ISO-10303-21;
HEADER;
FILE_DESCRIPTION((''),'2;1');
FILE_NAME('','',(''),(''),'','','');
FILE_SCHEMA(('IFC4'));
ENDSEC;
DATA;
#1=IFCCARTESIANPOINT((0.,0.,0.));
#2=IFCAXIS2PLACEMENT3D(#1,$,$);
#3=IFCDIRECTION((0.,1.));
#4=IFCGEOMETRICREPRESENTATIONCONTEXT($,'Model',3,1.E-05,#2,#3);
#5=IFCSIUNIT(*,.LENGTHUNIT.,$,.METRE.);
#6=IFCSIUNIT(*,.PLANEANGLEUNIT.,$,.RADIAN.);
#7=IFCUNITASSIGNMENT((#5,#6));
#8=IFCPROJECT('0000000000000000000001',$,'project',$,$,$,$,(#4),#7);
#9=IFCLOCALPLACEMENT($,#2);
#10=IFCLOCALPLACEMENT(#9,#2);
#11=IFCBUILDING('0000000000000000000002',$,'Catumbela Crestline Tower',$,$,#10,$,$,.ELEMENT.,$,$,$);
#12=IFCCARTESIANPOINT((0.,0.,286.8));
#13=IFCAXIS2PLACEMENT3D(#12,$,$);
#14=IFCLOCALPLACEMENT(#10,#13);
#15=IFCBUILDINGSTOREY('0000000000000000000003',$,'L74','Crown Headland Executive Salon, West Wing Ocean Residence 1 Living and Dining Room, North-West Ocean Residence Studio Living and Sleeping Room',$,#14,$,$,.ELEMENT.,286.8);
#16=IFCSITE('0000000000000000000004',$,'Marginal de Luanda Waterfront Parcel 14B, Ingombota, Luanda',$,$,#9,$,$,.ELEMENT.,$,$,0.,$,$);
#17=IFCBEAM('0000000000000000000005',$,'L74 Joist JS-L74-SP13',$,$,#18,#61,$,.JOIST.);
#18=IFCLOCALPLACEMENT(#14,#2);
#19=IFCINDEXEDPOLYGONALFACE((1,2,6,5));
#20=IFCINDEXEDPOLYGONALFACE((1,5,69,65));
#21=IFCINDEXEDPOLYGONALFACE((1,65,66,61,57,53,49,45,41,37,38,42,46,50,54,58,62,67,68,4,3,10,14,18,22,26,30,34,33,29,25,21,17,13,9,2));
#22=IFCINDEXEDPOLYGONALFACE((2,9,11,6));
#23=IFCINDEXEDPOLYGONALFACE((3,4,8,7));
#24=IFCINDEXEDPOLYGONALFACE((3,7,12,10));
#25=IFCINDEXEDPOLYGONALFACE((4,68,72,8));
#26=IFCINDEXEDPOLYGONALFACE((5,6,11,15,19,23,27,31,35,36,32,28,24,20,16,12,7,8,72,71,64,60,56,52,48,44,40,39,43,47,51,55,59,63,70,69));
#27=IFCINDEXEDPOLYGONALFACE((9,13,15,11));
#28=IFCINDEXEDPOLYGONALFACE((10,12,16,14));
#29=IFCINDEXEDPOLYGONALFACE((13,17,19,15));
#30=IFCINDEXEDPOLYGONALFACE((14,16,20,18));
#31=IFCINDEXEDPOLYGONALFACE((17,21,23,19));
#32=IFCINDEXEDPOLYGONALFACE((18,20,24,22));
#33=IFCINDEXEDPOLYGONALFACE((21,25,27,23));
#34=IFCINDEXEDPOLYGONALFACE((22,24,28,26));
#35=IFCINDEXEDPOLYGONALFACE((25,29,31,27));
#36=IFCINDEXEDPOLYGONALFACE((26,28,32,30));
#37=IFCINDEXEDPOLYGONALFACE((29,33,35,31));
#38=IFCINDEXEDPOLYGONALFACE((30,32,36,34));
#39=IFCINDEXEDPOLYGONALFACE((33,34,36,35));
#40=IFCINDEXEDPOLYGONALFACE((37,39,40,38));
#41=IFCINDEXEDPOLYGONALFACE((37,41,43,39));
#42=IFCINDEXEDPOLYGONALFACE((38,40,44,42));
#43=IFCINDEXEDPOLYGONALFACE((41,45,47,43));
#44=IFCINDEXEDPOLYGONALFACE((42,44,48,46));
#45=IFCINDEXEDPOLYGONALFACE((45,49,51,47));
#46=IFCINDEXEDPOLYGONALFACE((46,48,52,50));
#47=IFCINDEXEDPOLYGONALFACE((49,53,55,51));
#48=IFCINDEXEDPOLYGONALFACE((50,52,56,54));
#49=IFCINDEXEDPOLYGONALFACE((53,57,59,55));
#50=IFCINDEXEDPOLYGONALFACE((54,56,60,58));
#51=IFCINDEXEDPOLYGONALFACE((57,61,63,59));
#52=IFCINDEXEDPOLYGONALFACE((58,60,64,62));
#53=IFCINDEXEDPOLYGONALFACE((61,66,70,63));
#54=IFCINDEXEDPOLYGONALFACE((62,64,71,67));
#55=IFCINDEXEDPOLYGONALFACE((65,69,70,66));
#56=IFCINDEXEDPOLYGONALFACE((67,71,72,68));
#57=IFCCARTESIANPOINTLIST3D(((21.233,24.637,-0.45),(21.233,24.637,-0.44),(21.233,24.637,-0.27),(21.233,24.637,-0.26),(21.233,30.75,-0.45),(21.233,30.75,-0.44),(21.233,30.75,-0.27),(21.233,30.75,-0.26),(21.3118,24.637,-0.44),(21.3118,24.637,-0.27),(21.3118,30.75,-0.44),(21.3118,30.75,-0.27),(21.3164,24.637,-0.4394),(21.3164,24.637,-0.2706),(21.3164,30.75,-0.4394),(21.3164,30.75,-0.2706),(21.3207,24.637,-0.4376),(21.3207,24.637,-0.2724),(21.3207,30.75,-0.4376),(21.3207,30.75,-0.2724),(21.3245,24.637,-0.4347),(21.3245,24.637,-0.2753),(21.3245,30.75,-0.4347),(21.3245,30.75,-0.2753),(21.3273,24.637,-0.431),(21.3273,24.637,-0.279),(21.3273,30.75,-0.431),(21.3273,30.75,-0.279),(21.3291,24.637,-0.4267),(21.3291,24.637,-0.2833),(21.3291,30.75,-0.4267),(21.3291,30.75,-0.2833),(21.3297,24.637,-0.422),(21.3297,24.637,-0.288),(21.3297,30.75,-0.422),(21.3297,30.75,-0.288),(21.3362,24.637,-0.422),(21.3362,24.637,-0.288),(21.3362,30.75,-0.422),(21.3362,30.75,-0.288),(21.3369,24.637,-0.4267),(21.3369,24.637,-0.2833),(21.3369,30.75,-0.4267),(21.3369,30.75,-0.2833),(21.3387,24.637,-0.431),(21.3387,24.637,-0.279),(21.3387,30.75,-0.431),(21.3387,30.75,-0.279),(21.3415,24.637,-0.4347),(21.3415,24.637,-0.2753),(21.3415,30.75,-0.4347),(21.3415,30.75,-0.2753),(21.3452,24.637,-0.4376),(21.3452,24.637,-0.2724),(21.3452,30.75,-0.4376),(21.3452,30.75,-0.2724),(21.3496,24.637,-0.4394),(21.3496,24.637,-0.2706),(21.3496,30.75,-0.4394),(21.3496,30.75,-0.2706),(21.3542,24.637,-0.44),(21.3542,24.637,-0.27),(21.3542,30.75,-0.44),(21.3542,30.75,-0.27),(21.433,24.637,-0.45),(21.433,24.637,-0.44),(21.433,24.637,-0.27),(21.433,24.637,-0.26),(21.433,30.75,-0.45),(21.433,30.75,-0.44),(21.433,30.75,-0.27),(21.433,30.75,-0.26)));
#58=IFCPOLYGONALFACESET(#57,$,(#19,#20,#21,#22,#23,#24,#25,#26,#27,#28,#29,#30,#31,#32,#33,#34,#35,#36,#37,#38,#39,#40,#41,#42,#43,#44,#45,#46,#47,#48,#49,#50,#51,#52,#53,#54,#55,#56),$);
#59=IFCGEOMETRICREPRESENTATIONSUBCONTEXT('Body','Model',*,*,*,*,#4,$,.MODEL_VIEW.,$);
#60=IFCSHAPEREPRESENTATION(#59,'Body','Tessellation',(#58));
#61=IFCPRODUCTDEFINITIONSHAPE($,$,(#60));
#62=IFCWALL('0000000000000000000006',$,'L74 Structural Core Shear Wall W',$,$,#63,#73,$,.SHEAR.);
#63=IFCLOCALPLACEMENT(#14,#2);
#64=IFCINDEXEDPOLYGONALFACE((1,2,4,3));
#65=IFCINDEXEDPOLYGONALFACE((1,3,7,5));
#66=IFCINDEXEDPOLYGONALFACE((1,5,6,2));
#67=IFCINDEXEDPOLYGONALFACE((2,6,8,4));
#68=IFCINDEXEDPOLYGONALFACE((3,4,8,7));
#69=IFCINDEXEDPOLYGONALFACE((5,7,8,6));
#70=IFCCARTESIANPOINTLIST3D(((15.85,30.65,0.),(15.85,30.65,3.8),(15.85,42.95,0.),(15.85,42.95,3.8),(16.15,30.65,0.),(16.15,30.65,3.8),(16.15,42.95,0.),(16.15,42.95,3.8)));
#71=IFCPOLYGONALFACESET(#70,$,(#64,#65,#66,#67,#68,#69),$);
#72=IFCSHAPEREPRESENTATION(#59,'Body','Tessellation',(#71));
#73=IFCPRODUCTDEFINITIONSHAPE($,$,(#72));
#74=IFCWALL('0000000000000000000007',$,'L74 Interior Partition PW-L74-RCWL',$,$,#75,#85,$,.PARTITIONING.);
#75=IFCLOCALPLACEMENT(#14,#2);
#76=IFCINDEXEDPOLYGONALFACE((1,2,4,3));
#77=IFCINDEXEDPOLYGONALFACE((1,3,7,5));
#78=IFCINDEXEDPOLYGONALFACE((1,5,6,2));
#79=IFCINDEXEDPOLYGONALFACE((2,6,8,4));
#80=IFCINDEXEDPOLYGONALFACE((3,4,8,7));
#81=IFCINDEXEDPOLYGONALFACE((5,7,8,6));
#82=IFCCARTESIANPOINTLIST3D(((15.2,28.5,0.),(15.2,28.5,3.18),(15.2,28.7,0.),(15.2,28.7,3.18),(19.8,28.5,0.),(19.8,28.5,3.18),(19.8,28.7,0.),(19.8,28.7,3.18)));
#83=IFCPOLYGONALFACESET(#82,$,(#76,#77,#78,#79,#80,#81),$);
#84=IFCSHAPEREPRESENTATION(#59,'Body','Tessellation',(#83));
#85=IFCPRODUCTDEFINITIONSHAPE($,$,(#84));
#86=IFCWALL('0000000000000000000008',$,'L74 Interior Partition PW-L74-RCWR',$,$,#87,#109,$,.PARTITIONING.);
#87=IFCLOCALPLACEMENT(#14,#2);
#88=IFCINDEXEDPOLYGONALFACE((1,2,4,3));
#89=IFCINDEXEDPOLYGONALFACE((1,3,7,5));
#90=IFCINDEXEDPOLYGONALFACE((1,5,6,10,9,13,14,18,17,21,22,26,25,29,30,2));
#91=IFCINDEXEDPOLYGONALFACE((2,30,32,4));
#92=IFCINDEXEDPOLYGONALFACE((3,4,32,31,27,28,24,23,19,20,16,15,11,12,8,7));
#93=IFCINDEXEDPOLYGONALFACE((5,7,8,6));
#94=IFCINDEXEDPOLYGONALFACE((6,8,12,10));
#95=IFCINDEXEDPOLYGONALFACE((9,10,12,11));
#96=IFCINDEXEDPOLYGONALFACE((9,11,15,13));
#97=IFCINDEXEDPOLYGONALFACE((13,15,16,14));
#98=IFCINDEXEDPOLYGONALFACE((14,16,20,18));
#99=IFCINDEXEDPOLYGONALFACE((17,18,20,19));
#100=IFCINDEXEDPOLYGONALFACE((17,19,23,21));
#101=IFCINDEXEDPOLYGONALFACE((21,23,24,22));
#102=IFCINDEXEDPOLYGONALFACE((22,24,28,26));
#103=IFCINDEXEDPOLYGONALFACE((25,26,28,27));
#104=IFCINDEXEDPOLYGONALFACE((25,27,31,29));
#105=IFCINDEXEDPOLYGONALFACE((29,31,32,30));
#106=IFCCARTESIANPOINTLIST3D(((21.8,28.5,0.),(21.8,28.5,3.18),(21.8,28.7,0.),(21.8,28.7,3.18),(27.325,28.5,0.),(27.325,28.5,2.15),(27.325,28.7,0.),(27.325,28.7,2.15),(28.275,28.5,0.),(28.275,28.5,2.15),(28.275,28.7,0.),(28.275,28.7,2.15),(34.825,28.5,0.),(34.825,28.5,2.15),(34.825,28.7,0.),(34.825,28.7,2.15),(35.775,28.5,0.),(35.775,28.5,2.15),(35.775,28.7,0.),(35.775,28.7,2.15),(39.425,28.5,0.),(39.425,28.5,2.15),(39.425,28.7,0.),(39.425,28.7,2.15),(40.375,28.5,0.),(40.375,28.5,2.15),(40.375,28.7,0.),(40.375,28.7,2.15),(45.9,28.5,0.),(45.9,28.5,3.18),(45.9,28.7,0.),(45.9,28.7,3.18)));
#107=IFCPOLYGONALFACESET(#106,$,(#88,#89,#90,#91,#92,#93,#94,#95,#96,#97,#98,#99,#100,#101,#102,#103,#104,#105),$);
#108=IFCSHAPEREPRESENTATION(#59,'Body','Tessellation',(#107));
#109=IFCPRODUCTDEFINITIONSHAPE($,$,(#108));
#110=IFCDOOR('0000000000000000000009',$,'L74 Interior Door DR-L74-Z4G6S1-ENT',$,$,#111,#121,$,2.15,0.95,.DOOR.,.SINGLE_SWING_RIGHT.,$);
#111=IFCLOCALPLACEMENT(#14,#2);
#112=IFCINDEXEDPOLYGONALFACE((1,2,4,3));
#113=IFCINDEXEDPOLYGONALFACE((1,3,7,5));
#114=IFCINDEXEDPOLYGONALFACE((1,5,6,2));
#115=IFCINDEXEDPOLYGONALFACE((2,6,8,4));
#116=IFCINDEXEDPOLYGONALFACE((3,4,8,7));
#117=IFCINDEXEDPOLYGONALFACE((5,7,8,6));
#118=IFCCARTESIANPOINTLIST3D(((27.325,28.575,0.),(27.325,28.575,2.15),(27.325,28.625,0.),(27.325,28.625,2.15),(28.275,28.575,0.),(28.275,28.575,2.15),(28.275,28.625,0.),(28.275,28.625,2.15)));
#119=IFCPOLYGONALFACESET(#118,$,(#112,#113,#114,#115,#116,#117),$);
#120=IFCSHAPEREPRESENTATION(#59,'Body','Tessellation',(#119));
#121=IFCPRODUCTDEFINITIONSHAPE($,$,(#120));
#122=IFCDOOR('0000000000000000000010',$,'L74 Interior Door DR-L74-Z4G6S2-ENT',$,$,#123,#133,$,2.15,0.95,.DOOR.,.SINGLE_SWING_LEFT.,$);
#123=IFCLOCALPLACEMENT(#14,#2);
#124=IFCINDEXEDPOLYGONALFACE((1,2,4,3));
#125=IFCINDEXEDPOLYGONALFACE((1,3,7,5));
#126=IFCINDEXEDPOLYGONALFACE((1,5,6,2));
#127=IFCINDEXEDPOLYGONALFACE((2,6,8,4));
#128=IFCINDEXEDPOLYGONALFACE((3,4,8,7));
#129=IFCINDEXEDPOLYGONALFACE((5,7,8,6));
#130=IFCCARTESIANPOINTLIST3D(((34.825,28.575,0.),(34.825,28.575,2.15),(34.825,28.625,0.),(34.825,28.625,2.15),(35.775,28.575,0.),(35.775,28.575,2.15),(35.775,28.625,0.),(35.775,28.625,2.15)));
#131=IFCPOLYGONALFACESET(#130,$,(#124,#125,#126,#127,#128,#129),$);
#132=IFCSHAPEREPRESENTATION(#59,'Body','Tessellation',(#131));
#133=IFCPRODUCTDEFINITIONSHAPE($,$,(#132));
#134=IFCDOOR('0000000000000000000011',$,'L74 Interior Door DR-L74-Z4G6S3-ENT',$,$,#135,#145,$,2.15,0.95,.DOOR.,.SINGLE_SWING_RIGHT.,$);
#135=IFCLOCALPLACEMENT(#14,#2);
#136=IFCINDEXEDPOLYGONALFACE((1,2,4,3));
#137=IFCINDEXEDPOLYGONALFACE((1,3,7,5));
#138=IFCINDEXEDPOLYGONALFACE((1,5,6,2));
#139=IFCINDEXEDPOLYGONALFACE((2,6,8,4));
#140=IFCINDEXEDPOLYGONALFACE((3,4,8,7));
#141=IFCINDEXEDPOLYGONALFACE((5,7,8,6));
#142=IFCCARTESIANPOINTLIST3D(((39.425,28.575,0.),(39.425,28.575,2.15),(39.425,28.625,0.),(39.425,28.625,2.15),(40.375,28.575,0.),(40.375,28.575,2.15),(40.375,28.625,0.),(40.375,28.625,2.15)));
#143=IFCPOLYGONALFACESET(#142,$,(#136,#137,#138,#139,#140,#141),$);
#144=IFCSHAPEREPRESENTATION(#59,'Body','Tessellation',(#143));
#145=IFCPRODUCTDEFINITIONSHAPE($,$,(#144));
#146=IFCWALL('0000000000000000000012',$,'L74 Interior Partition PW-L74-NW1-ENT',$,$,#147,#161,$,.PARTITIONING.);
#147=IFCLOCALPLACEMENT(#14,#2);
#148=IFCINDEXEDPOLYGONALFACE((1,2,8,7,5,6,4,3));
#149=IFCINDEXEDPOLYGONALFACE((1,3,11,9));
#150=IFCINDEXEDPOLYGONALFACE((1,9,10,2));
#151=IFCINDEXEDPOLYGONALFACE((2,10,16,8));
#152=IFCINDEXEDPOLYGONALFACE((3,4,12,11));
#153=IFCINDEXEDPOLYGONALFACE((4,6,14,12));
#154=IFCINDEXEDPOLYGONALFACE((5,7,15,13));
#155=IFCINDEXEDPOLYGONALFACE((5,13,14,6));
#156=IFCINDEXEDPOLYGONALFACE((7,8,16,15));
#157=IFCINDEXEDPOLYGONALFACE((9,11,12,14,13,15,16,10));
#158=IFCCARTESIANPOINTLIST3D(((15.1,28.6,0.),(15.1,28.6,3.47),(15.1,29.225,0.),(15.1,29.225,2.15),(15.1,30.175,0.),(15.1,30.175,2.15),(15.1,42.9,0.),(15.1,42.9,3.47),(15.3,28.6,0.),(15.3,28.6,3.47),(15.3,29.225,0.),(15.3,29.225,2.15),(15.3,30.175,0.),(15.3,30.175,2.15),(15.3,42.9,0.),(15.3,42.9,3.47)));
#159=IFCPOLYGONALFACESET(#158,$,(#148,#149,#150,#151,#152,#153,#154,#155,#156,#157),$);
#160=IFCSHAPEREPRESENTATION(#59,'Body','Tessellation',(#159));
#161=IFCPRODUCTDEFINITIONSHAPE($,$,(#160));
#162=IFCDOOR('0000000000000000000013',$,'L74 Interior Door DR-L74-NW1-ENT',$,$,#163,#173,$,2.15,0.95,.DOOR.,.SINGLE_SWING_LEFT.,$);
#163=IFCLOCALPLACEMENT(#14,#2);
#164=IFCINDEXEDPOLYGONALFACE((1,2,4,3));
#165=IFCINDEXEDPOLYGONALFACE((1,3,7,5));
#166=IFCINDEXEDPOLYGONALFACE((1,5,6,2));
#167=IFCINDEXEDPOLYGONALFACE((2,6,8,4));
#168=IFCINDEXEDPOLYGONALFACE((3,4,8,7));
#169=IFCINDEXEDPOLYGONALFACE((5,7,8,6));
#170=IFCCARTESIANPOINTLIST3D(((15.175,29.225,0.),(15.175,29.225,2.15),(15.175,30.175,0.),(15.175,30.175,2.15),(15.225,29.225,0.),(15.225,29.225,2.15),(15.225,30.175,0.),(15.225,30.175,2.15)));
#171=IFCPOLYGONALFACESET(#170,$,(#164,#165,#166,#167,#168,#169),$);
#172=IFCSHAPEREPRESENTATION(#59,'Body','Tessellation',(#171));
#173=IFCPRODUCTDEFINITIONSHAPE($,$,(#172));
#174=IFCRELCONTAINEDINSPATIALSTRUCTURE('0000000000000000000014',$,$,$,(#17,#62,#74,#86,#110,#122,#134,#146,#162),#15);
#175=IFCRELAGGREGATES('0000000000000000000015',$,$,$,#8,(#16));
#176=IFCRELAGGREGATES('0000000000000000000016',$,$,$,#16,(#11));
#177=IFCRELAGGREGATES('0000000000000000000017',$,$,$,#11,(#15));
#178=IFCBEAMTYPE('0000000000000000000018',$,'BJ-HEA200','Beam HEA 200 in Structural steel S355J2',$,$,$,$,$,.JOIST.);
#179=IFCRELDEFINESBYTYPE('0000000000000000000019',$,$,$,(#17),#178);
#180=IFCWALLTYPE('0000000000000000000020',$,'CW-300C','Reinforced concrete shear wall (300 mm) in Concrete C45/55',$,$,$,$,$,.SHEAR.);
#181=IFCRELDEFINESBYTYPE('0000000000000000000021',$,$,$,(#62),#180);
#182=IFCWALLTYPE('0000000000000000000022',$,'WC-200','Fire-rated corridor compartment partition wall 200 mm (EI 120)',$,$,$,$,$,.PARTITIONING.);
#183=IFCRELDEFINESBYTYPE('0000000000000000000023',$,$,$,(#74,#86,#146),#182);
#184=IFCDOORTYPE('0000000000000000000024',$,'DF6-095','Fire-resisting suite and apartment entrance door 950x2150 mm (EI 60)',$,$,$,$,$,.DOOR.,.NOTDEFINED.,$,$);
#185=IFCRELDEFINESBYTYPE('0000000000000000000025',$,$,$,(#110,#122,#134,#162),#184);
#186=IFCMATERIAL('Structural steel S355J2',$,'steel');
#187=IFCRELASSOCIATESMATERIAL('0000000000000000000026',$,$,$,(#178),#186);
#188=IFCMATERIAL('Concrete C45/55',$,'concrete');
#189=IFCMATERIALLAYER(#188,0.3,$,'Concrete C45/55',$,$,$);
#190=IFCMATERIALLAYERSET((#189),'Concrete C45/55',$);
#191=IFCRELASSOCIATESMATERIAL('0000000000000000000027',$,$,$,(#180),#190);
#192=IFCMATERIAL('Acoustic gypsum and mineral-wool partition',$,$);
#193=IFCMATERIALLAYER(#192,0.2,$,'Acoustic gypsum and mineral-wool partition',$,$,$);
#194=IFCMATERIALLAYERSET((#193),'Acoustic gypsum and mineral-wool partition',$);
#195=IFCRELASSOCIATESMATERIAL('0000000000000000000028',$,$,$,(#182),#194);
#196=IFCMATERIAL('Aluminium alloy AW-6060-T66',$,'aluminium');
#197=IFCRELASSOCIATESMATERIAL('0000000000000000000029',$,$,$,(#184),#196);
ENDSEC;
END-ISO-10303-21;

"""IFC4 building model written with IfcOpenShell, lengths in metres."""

from ifc_helpers import new_model, si_unit, direction, frame, frame_2d, origin, origin_2d, place, context, subcontext, project, spatial, rectangle, i_section, extrude, material, layer, layer_set, material_profile, profile_set, type_object, element, fill, save


model = new_model("IFC4")

# Units and contexts
model_context = context("Model", 3, precision=1e-05, world=origin(), true_north=direction((0.0, 1.0)))
body_context = subcontext(model_context, "Body", "Model", "MODEL_VIEW")
ifc_project = project(units=[si_unit("LENGTHUNIT", "METRE"), si_unit("PLANEANGLEUNIT", "RADIAN")], contexts=[model_context])

# Site, building, storey
site_placement = place(None, origin())
site = spatial("IfcSite", under=ifc_project, at=site_placement, Name="Marginal de Luanda Waterfront Parcel 14B, Ingombota, Luanda", CompositionType="ELEMENT", RefElevation=0.0)
building_placement = place(site_placement, origin())
building = spatial("IfcBuilding", under=site, at=building_placement, Name="Catumbela Crestline Tower", CompositionType="ELEMENT")
storey_placement = place(building_placement, frame((0.0, 0.0, 286.8)))
storey = spatial("IfcBuildingStorey", under=building, at=storey_placement, Name="L74", Description="Crown Headland Executive Salon, West Wing Ocean Residence 1 Living and Dining Room, North-West Ocean Residence Studio Living and Sleeping Room", CompositionType="ELEMENT", Elevation=286.8)

# Shared definitions
ifc_material_1 = material(Name="Concrete C45/55", Category="concrete")

# Beam
ifc_material_2 = material(Name="Structural steel S355J2", Category="steel")
ifc_material_profile_1 = material_profile(ifc_material_2, i_section(OverallWidth=0.2, OverallDepth=0.19, WebThickness=0.0065, FlangeThickness=0.01, FilletRadius=0.018, at=origin_2d()), Name="HEA 200")
ifc_profile_set_1 = profile_set([ifc_material_profile_1], Name="Structural steel S355J2")
beam_type_1 = type_object("IfcBeamType", Name="BJ-HEA200", Description="Beam HEA 200 in Structural steel S355J2", PredefinedType="JOIST", material=ifc_profile_set_1)
for number, where, z_axis, x_axis, name in (
    (1, (21.333, 24.637, -0.355), (0.0, 1.0, 0.0), (-1.0, 0.0, 0.0), "L74 Joist JS-L74-SP13"),
):
    element("IfcBeam", number, at=place(storey_placement, frame(where, z_axis=z_axis, x_axis=x_axis)), inside=storey, type_object=beam_type_1, Name=name, PredefinedType="JOIST", context=body_context, shape_type="SweptSolid", body=[
        extrude(i_section(OverallWidth=0.2, OverallDepth=0.19, WebThickness=0.0065, FlangeThickness=0.01, FilletRadius=0.018, at=origin_2d()), origin(), (0.0, 0.0, 1.0), 6.113),
    ])

# Walls
ifc_layer_1 = layer(ifc_material_1, 0.3, Name="Concrete C45/55")
ifc_layer_set_1 = layer_set([ifc_layer_1], Name="Concrete C45/55")
wall_type_1 = type_object("IfcWallType", Name="CW-300C", Description="Reinforced concrete shear wall (300 mm) in Concrete C45/55", PredefinedType="SHEAR", material=ifc_layer_set_1)
wall_1_placement = place(storey_placement, frame((16.0, 30.65, 0.0), z_axis=(0.0, 0.0, 1.0), x_axis=(0.0, 1.0, 0.0)))
element("IfcWall", 2, at=wall_1_placement, inside=storey, type_object=wall_type_1, Name="L74 Structural Core Shear Wall W", PredefinedType="SHEAR", context=body_context, shape_type="SweptSolid", body=[
    extrude(rectangle(XDim=12.3, YDim=0.3, at=frame_2d((6.15, 0.0))), origin(), (0.0, 0.0, 1.0), 3.8),
])
ifc_material_3 = material(Name="Acoustic gypsum and mineral-wool partition")
ifc_layer_2 = layer(ifc_material_3, 0.2, Name="Acoustic gypsum and mineral-wool partition")
ifc_layer_set_2 = layer_set([ifc_layer_2], Name="Acoustic gypsum and mineral-wool partition")
wall_type_2 = type_object("IfcWallType", Name="WC-200", Description="Fire-rated corridor compartment partition wall 200 mm (EI 120)", PredefinedType="PARTITIONING", material=ifc_layer_set_2)
wall_2_placement = place(storey_placement, frame((15.2, 28.6, 0.0), z_axis=(0.0, 0.0, 1.0), x_axis=(1.0, 0.0, 0.0)))
element("IfcWall", 3, at=wall_2_placement, inside=storey, type_object=wall_type_2, Name="L74 Interior Partition PW-L74-RCWL", PredefinedType="PARTITIONING", context=body_context, shape_type="SweptSolid", body=[
    extrude(rectangle(XDim=4.6, YDim=0.2, at=frame_2d((2.3, 0.0))), origin(), (0.0, 0.0, 1.0), 3.18),
])

# Wall, openings, doors
wall_3_placement = place(storey_placement, frame((21.8, 28.6, 0.0), z_axis=(0.0, 0.0, 1.0), x_axis=(1.0, 0.0, 0.0)))
wall_3 = element("IfcWall", 4, at=wall_3_placement, inside=storey, type_object=wall_type_2, Name="L74 Interior Partition PW-L74-RCWR", PredefinedType="PARTITIONING", context=body_context, shape_type="SweptSolid", body=[
    extrude(rectangle(XDim=24.1, YDim=0.2, at=frame_2d((12.05, 0.0))), origin(), (0.0, 0.0, 1.0), 3.18),
])
opening_1_placement = place(wall_3_placement, frame((5.525, 0.0, 0.0)))
opening_1 = element("IfcOpeningElement", 5, at=opening_1_placement, cuts=wall_3, PredefinedType="OPENING", context=body_context, shape_type="SweptSolid", body=[
    extrude(rectangle(XDim=0.95, YDim=2.15, at=frame_2d((0.475, 1.075))), frame((0.0, 0.11, 0.0), z_axis=(0.0, -1.0, 0.0), x_axis=(1.0, 0.0, 0.0)), (0.0, 0.0, 1.0), 0.22),
])
opening_2_placement = place(wall_3_placement, frame((13.025, 0.0, 0.0)))
opening_2 = element("IfcOpeningElement", 6, at=opening_2_placement, cuts=wall_3, PredefinedType="OPENING", context=body_context, shape_type="SweptSolid", body=[
    extrude(rectangle(XDim=0.95, YDim=2.15, at=frame_2d((0.475, 1.075))), frame((0.0, 0.11, 0.0), z_axis=(0.0, -1.0, 0.0), x_axis=(1.0, 0.0, 0.0)), (0.0, 0.0, 1.0), 0.22),
])
opening_3_placement = place(wall_3_placement, frame((17.625, 0.0, 0.0)))
opening_3 = element("IfcOpeningElement", 7, at=opening_3_placement, cuts=wall_3, PredefinedType="OPENING", context=body_context, shape_type="SweptSolid", body=[
    extrude(rectangle(XDim=0.95, YDim=2.15, at=frame_2d((0.475, 1.075))), frame((0.0, 0.11, 0.0), z_axis=(0.0, -1.0, 0.0), x_axis=(1.0, 0.0, 0.0)), (0.0, 0.0, 1.0), 0.22),
])
ifc_material_4 = material(Name="Aluminium alloy AW-6060-T66", Category="aluminium")
door_type_1 = type_object("IfcDoorType", Name="DF6-095", Description="Fire-resisting suite and apartment entrance door 950x2150 mm (EI 60)", OperationType="NOTDEFINED", PredefinedType="DOOR", material=ifc_material_4)
door_1_placement = place(opening_1_placement, origin())
door_1 = element("IfcDoor", 8, at=door_1_placement, inside=storey, type_object=door_type_1, Name="L74 Interior Door DR-L74-Z4G6S1-ENT", OperationType="SINGLE_SWING_RIGHT", OverallHeight=2.15, OverallWidth=0.95, PredefinedType="DOOR", context=body_context, shape_type="SweptSolid", body=[
    extrude(rectangle(XDim=0.95, YDim=2.15, at=frame_2d((0.475, 1.075))), frame((0.0, 0.025, 0.0), z_axis=(0.0, -1.0, 0.0), x_axis=(1.0, 0.0, 0.0)), (0.0, 0.0, 1.0), 0.05),
])
fill(opening_1, door_1)
door_2_placement = place(opening_2_placement, origin())
door_2 = element("IfcDoor", 9, at=door_2_placement, inside=storey, type_object=door_type_1, Name="L74 Interior Door DR-L74-Z4G6S2-ENT", OperationType="SINGLE_SWING_LEFT", OverallHeight=2.15, OverallWidth=0.95, PredefinedType="DOOR", context=body_context, shape_type="SweptSolid", body=[
    extrude(rectangle(XDim=0.95, YDim=2.15, at=frame_2d((0.475, 1.075))), frame((0.0, 0.025, 0.0), z_axis=(0.0, -1.0, 0.0), x_axis=(1.0, 0.0, 0.0)), (0.0, 0.0, 1.0), 0.05),
])
fill(opening_2, door_2)
door_3_placement = place(opening_3_placement, origin())
door_3 = element("IfcDoor", 10, at=door_3_placement, inside=storey, type_object=door_type_1, Name="L74 Interior Door DR-L74-Z4G6S3-ENT", OperationType="SINGLE_SWING_RIGHT", OverallHeight=2.15, OverallWidth=0.95, PredefinedType="DOOR", context=body_context, shape_type="SweptSolid", body=[
    extrude(rectangle(XDim=0.95, YDim=2.15, at=frame_2d((0.475, 1.075))), frame((0.0, 0.025, 0.0), z_axis=(0.0, -1.0, 0.0), x_axis=(1.0, 0.0, 0.0)), (0.0, 0.0, 1.0), 0.05),
])
fill(opening_3, door_3)

# Wall, opening, door
wall_4_placement = place(storey_placement, frame((15.2, 28.6, 0.0), z_axis=(0.0, 0.0, 1.0), x_axis=(0.0, 1.0, 0.0)))
wall_4 = element("IfcWall", 11, at=wall_4_placement, inside=storey, type_object=wall_type_2, Name="L74 Interior Partition PW-L74-NW1-ENT", PredefinedType="PARTITIONING", context=body_context, shape_type="SweptSolid", body=[
    extrude(rectangle(XDim=14.3, YDim=0.2, at=frame_2d((7.15, 0.0))), origin(), (0.0, 0.0, 1.0), 3.47),
])
opening_4_placement = place(wall_4_placement, frame((0.625, 0.0, 0.0)))
opening_4 = element("IfcOpeningElement", 12, at=opening_4_placement, cuts=wall_4, PredefinedType="OPENING", context=body_context, shape_type="SweptSolid", body=[
    extrude(rectangle(XDim=0.95, YDim=2.15, at=frame_2d((0.475, 1.075))), frame((0.0, 0.11, 0.0), z_axis=(0.0, -1.0, 0.0), x_axis=(1.0, 0.0, 0.0)), (0.0, 0.0, 1.0), 0.22),
])
door_4_placement = place(opening_4_placement, origin())
door_4 = element("IfcDoor", 13, at=door_4_placement, inside=storey, type_object=door_type_1, Name="L74 Interior Door DR-L74-NW1-ENT", OperationType="SINGLE_SWING_LEFT", OverallHeight=2.15, OverallWidth=0.95, PredefinedType="DOOR", context=body_context, shape_type="SweptSolid", body=[
    extrude(rectangle(XDim=0.95, YDim=2.15, at=frame_2d((0.475, 1.075))), frame((0.0, 0.025, 0.0), z_axis=(0.0, -1.0, 0.0), x_axis=(1.0, 0.0, 0.0)), (0.0, 0.0, 1.0), 0.05),
])
fill(opening_4, door_4)

save(model, "model.ifc")
